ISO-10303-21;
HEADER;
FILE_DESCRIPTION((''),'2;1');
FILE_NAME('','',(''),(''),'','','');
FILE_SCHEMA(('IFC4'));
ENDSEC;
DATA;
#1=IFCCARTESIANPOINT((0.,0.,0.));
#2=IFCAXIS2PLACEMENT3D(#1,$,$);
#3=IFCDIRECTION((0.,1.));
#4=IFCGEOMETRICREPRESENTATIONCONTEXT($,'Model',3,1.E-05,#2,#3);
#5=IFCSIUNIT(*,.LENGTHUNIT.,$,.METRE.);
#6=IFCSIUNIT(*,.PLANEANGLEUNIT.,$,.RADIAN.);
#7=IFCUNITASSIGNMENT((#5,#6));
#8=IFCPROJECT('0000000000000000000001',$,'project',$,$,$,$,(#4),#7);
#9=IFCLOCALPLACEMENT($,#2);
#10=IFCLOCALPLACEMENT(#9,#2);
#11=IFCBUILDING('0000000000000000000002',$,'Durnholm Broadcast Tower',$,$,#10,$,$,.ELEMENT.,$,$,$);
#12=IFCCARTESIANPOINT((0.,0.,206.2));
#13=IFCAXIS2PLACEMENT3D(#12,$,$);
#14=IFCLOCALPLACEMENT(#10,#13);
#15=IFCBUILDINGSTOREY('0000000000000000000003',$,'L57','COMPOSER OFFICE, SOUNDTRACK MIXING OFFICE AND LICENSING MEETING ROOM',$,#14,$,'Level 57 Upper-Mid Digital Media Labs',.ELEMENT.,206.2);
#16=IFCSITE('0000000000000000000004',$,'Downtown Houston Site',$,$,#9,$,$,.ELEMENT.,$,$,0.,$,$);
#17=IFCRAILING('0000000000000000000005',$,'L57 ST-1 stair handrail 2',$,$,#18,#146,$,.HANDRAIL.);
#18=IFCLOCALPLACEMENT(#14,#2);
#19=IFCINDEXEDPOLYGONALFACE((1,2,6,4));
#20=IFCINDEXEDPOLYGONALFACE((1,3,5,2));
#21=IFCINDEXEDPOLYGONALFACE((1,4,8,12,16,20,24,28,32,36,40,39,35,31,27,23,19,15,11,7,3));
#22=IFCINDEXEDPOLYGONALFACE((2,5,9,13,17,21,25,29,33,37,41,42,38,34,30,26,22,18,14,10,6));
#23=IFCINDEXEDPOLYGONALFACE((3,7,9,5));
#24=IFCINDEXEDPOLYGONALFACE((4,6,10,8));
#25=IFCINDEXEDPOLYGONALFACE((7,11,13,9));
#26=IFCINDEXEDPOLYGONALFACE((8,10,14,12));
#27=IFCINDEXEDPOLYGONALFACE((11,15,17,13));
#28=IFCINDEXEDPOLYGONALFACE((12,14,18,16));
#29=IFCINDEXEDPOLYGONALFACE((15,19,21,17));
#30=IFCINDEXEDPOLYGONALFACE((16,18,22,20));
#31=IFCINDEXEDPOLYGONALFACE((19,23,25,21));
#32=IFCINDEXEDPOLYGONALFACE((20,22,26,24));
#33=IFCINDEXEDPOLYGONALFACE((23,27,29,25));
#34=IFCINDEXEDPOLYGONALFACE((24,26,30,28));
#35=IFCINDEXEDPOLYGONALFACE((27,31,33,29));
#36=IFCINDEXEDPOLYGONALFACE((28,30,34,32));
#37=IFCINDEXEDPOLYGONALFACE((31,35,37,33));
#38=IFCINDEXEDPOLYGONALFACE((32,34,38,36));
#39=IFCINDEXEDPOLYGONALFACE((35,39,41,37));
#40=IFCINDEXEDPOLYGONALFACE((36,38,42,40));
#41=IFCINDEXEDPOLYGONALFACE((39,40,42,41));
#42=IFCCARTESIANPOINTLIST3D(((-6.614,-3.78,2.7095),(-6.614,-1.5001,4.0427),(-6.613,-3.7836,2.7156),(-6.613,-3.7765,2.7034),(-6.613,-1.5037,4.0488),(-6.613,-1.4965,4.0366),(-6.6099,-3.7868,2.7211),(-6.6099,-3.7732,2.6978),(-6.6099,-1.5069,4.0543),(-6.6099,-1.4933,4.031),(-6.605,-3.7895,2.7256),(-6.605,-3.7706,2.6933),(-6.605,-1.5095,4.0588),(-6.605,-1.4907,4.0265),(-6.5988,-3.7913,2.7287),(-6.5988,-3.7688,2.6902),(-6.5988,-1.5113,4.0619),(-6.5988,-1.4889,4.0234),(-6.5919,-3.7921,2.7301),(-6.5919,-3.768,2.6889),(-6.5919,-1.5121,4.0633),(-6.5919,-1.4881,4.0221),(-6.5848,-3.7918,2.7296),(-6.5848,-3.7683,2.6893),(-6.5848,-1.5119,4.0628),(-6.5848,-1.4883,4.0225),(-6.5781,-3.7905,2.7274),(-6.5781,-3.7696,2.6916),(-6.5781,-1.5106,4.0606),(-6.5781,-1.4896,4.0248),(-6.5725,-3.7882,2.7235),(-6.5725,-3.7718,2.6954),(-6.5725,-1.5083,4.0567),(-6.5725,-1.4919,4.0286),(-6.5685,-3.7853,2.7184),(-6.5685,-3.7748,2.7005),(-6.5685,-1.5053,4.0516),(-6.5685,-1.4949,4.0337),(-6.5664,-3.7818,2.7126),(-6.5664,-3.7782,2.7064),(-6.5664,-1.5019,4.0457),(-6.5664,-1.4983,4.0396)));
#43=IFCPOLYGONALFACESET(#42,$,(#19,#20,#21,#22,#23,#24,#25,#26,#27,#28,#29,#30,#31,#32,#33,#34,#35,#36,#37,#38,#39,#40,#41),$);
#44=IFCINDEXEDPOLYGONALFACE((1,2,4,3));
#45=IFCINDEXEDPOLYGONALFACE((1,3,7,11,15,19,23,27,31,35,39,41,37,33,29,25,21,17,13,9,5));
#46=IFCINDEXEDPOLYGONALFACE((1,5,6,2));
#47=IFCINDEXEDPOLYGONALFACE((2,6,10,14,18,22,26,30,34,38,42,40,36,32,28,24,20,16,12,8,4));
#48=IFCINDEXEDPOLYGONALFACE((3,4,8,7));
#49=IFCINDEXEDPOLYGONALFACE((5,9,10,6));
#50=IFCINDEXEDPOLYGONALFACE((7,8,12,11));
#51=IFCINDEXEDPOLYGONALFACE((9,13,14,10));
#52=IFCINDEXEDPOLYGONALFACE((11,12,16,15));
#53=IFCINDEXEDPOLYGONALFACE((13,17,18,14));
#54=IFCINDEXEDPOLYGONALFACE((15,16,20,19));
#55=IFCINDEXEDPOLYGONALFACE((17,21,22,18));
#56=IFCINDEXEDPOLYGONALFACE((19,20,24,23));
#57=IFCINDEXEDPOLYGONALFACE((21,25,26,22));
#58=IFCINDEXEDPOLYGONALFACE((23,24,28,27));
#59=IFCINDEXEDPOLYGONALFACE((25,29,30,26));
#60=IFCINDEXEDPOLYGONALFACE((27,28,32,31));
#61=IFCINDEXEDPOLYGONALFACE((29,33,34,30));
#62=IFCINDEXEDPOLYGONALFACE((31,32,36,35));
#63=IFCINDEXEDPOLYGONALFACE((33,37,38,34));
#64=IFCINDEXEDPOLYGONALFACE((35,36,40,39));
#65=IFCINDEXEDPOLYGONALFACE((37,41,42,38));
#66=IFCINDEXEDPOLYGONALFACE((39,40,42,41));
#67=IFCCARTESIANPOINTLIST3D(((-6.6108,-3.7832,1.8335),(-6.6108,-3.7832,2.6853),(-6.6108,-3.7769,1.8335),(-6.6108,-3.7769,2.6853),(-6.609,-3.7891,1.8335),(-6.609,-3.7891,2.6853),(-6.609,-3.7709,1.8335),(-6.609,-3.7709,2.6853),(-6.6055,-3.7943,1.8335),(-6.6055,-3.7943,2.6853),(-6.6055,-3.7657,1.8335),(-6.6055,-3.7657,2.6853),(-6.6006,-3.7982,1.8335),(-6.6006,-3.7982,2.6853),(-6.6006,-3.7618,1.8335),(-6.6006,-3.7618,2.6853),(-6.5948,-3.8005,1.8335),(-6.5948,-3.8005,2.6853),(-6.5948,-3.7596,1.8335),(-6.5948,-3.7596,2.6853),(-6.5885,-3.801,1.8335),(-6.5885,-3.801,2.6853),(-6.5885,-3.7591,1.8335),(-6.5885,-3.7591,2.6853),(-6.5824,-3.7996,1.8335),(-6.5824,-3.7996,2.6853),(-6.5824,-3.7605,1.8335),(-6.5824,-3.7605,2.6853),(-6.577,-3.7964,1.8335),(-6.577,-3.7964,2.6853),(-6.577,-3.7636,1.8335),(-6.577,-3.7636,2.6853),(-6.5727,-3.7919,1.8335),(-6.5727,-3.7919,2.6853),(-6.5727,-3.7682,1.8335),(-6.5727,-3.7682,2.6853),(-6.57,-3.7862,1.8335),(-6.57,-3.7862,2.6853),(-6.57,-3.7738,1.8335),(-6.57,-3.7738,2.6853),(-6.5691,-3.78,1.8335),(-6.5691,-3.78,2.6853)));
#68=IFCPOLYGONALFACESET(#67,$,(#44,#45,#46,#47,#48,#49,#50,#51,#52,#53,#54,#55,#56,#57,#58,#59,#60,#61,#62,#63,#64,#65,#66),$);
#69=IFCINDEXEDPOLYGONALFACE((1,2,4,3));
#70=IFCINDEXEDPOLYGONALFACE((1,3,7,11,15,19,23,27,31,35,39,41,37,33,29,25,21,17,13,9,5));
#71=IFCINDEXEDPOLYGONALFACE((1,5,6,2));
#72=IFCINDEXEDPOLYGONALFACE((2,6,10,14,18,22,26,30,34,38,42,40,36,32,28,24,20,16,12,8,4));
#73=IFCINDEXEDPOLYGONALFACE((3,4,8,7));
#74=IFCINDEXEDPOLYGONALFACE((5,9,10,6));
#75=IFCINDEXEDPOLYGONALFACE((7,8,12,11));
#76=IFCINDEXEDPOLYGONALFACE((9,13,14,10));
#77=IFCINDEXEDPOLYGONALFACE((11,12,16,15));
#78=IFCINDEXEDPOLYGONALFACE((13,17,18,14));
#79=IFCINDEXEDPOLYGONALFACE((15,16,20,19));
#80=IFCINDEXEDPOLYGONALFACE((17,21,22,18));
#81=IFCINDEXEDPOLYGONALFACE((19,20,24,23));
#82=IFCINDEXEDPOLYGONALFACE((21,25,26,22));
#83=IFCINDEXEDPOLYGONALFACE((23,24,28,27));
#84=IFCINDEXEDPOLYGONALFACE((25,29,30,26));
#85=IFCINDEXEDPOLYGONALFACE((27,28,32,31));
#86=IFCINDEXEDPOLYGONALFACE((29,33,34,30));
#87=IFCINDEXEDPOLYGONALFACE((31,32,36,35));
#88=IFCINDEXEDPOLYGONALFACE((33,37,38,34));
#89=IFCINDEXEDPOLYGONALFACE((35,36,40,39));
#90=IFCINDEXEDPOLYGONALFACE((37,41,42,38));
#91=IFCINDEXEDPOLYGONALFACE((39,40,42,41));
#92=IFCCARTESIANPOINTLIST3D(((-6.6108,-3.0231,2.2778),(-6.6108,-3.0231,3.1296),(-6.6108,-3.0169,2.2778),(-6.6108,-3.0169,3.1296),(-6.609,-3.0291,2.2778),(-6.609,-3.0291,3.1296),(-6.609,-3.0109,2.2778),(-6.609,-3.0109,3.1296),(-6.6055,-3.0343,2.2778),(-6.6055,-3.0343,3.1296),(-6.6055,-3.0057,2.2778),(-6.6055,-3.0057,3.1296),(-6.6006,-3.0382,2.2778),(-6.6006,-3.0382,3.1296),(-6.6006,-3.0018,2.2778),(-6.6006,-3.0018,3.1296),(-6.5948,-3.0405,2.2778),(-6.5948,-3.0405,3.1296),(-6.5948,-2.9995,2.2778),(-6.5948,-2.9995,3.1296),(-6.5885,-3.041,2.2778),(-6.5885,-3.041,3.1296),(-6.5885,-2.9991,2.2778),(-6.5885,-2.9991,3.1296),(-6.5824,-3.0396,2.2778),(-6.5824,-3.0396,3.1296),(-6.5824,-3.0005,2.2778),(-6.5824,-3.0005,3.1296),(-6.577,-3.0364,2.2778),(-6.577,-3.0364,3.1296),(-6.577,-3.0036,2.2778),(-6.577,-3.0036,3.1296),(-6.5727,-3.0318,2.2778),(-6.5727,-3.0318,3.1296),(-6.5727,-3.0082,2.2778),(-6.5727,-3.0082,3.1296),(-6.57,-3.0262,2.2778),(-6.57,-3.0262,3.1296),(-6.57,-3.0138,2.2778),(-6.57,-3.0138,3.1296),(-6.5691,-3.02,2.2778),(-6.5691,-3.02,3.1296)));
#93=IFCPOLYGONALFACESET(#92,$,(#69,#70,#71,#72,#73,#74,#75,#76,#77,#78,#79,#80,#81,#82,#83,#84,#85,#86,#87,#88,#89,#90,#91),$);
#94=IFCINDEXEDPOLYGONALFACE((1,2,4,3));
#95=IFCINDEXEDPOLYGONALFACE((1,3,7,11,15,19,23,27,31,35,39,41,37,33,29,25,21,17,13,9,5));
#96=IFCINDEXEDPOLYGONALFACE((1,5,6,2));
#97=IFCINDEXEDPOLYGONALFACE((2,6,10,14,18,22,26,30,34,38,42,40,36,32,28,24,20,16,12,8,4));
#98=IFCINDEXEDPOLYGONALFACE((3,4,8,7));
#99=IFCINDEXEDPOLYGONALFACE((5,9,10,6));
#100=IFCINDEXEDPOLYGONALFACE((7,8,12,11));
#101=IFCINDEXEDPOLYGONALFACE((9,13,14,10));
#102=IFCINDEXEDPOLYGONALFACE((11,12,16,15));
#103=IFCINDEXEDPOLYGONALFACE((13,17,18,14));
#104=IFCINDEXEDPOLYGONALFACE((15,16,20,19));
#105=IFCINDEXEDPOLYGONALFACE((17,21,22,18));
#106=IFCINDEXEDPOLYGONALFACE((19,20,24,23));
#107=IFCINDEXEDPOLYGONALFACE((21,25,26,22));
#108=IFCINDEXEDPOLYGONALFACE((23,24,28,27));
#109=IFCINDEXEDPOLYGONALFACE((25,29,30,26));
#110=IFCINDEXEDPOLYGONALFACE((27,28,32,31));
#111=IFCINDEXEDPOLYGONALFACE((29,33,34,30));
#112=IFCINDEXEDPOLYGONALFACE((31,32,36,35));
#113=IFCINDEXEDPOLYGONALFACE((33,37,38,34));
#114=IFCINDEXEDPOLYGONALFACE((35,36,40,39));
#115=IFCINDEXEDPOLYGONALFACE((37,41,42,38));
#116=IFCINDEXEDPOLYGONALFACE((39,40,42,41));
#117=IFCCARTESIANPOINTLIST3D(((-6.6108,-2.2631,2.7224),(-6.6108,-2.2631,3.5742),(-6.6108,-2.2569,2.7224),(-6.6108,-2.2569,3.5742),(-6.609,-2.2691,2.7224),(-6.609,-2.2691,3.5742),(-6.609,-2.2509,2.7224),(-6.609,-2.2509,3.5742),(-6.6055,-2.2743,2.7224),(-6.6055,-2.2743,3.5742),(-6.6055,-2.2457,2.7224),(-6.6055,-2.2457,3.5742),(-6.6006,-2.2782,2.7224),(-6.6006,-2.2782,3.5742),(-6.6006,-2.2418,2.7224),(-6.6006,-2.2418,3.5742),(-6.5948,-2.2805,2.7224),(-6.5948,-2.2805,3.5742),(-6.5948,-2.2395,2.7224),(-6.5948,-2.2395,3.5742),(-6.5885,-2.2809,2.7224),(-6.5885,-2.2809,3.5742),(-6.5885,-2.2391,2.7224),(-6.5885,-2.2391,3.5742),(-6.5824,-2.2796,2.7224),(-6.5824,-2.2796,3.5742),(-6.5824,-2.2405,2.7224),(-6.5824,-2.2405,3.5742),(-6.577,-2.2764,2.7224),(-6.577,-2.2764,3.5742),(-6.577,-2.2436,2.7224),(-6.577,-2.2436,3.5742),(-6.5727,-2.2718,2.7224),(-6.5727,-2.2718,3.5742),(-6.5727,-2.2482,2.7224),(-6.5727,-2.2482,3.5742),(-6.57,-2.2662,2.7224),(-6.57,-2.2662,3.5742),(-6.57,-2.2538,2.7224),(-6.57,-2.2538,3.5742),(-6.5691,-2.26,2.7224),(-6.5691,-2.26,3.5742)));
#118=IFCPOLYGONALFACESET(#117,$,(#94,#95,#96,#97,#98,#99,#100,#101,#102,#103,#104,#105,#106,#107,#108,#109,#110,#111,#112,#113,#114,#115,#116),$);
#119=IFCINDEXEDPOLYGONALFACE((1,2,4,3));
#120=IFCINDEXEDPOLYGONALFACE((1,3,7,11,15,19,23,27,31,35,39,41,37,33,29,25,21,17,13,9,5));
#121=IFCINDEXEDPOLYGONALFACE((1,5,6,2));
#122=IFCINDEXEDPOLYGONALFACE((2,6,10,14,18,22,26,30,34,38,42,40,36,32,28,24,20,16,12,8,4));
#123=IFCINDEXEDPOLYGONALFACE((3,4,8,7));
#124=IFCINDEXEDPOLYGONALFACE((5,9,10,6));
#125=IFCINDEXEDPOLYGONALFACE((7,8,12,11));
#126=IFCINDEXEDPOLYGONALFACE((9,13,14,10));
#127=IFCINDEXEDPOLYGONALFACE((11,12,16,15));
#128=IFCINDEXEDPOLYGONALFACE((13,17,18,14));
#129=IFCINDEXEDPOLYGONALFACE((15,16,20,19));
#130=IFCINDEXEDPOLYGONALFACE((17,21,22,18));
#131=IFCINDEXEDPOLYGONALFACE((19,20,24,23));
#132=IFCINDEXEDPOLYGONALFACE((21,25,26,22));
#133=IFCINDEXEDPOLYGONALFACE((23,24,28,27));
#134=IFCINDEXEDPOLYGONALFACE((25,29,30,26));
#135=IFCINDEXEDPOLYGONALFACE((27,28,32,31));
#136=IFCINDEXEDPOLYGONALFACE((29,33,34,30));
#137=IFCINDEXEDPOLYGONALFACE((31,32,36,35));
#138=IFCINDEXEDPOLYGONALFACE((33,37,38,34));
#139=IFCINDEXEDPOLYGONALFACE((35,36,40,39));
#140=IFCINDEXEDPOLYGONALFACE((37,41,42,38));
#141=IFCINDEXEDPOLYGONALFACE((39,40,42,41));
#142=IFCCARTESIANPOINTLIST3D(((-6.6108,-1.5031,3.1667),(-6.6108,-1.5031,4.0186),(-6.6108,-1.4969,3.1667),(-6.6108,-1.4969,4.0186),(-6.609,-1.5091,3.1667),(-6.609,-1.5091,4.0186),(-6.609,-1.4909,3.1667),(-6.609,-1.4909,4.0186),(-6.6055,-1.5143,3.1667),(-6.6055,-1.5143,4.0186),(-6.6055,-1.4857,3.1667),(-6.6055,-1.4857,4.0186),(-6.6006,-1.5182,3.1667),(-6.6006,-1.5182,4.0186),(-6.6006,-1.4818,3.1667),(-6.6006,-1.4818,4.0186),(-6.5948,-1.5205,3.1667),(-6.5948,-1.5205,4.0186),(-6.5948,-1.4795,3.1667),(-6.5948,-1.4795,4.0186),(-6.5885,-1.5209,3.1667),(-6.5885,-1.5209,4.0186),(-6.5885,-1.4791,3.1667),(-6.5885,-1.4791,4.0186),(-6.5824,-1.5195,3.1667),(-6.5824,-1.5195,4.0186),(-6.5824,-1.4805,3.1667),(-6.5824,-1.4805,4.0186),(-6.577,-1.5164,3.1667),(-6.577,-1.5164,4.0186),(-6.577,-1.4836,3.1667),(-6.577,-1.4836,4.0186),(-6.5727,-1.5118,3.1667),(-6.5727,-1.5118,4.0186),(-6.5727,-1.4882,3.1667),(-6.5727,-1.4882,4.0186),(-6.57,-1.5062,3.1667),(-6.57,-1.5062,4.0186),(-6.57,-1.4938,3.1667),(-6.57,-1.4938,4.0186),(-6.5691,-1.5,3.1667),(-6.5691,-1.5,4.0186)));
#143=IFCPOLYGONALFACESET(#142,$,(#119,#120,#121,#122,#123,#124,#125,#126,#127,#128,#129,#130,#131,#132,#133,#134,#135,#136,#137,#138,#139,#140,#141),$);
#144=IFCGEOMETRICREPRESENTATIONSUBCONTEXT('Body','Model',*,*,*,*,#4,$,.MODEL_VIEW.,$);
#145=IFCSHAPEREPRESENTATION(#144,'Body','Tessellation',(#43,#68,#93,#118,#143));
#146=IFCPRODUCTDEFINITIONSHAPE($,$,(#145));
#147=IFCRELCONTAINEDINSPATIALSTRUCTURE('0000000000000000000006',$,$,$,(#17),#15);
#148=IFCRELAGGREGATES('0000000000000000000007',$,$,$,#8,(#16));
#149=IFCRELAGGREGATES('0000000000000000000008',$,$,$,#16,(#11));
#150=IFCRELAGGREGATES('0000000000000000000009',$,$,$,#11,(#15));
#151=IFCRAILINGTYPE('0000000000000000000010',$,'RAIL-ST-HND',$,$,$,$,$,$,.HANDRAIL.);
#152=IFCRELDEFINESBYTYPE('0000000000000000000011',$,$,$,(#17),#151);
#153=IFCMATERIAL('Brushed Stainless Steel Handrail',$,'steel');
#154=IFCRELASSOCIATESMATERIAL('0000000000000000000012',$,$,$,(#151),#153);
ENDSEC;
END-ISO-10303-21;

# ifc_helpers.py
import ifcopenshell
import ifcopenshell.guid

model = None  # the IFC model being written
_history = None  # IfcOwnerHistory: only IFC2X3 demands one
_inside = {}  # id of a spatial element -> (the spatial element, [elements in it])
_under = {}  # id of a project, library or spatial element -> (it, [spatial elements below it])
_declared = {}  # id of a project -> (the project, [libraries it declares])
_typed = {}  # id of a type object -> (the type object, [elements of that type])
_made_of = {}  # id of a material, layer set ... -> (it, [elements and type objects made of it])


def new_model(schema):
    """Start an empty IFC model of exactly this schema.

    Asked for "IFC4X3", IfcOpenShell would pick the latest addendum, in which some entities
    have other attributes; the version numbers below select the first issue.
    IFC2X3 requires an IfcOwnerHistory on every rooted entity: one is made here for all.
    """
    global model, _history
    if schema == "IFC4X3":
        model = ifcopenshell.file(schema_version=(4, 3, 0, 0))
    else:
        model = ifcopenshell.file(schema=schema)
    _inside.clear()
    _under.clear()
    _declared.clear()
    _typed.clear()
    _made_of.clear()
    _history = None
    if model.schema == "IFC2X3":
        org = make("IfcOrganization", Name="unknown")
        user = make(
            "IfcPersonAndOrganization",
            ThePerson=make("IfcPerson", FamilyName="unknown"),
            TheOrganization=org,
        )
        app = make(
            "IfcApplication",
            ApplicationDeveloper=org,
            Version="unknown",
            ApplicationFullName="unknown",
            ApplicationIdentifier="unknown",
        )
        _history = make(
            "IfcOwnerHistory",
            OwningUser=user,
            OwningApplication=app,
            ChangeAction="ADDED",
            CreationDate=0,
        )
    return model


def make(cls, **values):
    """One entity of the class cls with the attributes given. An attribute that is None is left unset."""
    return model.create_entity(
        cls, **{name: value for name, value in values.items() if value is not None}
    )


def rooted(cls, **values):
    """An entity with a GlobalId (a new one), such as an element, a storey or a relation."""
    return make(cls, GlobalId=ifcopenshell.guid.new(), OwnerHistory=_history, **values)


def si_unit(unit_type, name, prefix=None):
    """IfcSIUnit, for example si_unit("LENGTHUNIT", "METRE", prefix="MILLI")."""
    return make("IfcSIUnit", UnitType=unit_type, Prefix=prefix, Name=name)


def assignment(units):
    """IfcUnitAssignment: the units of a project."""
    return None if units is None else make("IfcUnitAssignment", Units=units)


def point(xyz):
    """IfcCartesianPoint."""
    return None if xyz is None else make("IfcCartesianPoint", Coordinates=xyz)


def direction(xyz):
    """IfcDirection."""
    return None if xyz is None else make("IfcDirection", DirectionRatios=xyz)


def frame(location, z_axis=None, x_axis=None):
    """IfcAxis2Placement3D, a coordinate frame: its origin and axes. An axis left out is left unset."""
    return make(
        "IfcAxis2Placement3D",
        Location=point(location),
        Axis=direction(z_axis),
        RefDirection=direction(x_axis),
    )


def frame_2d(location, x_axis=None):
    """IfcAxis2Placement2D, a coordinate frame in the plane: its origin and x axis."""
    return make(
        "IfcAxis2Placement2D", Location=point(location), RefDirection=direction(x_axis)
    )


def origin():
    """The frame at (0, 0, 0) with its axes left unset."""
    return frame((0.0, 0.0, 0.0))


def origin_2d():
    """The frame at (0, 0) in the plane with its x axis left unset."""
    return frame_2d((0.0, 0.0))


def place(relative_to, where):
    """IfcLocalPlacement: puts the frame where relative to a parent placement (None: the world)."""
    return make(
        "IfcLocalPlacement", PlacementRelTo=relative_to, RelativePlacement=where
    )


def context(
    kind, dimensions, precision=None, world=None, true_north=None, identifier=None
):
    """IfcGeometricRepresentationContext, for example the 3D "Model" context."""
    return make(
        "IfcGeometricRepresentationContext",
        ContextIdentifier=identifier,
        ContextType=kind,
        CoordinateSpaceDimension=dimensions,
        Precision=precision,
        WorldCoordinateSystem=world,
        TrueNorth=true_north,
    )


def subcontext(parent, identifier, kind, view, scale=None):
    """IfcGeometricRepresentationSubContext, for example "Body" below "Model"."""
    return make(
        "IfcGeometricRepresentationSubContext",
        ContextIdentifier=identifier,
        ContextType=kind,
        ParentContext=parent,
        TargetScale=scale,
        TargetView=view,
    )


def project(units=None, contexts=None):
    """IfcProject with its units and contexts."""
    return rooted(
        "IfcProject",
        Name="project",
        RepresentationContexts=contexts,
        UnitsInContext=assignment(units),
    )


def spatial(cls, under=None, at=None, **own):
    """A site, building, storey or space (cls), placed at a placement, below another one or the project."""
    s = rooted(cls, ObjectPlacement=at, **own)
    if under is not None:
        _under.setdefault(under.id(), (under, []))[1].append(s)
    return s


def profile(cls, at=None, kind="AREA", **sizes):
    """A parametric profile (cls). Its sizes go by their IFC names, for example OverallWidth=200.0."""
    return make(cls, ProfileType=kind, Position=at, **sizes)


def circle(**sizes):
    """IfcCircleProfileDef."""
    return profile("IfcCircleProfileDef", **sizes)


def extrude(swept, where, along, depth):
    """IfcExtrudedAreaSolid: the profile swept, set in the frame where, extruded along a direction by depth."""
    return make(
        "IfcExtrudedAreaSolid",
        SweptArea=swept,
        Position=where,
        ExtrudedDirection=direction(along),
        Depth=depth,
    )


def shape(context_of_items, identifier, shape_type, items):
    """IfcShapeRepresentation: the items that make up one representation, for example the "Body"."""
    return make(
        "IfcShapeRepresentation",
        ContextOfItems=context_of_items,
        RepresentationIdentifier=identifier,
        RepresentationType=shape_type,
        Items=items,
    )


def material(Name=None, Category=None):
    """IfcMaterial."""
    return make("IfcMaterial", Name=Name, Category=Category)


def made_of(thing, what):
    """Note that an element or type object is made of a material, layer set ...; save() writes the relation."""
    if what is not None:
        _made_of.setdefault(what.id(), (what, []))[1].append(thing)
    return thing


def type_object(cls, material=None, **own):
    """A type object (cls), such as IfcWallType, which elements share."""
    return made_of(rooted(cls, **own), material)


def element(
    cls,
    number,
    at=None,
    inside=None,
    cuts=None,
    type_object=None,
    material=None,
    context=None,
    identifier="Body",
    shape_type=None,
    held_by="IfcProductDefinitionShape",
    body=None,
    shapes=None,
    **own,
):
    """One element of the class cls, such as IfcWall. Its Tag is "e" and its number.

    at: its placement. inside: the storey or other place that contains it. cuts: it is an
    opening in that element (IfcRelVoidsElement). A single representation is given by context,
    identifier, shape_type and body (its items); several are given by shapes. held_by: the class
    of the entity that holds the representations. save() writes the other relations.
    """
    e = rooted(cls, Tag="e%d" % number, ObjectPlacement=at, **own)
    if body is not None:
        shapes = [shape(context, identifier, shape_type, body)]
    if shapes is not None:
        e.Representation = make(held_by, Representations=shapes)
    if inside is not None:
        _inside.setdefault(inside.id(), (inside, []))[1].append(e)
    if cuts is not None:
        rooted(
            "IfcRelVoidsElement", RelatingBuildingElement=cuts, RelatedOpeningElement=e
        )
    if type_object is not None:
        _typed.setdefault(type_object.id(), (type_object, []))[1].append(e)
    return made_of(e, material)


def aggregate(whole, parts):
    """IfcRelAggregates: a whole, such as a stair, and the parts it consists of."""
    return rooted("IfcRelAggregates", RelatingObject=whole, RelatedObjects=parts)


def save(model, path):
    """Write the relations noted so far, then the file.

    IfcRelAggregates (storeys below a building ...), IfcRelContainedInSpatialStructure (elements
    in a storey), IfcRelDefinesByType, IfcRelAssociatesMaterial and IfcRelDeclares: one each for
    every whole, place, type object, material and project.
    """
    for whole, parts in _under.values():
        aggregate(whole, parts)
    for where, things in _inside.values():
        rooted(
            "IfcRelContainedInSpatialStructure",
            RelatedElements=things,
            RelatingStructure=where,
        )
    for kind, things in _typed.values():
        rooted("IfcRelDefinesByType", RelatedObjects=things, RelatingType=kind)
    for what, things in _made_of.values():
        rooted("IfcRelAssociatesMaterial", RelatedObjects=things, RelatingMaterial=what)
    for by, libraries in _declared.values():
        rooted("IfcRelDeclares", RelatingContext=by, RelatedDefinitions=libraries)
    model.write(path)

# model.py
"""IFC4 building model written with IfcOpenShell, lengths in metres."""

from ifc_helpers import new_model, si_unit, direction, frame, origin, origin_2d, place, context, subcontext, project, spatial, circle, extrude, material, type_object, element, save


model = new_model("IFC4")

# Units and contexts
model_context = context("Model", 3, precision=1e-05, world=origin(), true_north=direction((0.0, 1.0)))
body_context = subcontext(model_context, "Body", "Model", "MODEL_VIEW")
ifc_project = project(units=[si_unit("LENGTHUNIT", "METRE"), si_unit("PLANEANGLEUNIT", "RADIAN")], contexts=[model_context])

# Site, building, storey
site_placement = place(None, origin())
site = spatial("IfcSite", under=ifc_project, at=site_placement, Name="Downtown Houston Site", CompositionType="ELEMENT", RefElevation=0.0)
building_placement = place(site_placement, origin())
building = spatial("IfcBuilding", under=site, at=building_placement, Name="Durnholm Broadcast Tower", CompositionType="ELEMENT")
storey_placement = place(building_placement, frame((0.0, 0.0, 206.2)))
storey = spatial("IfcBuildingStorey", under=building, at=storey_placement, Name="L57", Description="COMPOSER OFFICE, SOUNDTRACK MIXING OFFICE AND LICENSING MEETING ROOM", LongName="Level 57 Upper-Mid Digital Media Labs", CompositionType="ELEMENT", Elevation=206.2)

# Railing
ifc_material_1 = material(Name="Brushed Stainless Steel Handrail", Category="steel")
railing_type_1 = type_object("IfcRailingType", Name="RAIL-ST-HND", PredefinedType="HANDRAIL", material=ifc_material_1)
railing_1_placement = place(storey_placement, frame((-6.5901, -3.78, 1.8335)))
element("IfcRailing", 1, at=railing_1_placement, inside=storey, type_object=railing_type_1, Name="L57 ST-1 stair handrail 2", PredefinedType="HANDRAIL", context=body_context, shape_type="SweptSolid", body=[
    extrude(circle(Radius=0.0239, at=origin_2d()), frame((0.0, 0.0, 0.876), z_axis=(0.0, 0.863245, 0.504785), x_axis=(-1.0, 0.0, 0.0)), (0.0, 0.0, 1.0), 2.6411),
    extrude(circle(Radius=0.021, at=origin_2d()), origin(), (0.0, 0.0, 1.0), 0.8518),
    extrude(circle(Radius=0.021, at=origin_2d()), frame((0.0, 0.76, 0.4443)), (0.0, 0.0, 1.0), 0.8518),
    extrude(circle(Radius=0.021, at=origin_2d()), frame((0.0, 1.52, 0.8889)), (0.0, 0.0, 1.0), 0.8518),
    extrude(circle(Radius=0.021, at=origin_2d()), frame((0.0, 2.28, 1.3333)), (0.0, 0.0, 1.0), 0.8518),
])

save(model, "model.ifc")
